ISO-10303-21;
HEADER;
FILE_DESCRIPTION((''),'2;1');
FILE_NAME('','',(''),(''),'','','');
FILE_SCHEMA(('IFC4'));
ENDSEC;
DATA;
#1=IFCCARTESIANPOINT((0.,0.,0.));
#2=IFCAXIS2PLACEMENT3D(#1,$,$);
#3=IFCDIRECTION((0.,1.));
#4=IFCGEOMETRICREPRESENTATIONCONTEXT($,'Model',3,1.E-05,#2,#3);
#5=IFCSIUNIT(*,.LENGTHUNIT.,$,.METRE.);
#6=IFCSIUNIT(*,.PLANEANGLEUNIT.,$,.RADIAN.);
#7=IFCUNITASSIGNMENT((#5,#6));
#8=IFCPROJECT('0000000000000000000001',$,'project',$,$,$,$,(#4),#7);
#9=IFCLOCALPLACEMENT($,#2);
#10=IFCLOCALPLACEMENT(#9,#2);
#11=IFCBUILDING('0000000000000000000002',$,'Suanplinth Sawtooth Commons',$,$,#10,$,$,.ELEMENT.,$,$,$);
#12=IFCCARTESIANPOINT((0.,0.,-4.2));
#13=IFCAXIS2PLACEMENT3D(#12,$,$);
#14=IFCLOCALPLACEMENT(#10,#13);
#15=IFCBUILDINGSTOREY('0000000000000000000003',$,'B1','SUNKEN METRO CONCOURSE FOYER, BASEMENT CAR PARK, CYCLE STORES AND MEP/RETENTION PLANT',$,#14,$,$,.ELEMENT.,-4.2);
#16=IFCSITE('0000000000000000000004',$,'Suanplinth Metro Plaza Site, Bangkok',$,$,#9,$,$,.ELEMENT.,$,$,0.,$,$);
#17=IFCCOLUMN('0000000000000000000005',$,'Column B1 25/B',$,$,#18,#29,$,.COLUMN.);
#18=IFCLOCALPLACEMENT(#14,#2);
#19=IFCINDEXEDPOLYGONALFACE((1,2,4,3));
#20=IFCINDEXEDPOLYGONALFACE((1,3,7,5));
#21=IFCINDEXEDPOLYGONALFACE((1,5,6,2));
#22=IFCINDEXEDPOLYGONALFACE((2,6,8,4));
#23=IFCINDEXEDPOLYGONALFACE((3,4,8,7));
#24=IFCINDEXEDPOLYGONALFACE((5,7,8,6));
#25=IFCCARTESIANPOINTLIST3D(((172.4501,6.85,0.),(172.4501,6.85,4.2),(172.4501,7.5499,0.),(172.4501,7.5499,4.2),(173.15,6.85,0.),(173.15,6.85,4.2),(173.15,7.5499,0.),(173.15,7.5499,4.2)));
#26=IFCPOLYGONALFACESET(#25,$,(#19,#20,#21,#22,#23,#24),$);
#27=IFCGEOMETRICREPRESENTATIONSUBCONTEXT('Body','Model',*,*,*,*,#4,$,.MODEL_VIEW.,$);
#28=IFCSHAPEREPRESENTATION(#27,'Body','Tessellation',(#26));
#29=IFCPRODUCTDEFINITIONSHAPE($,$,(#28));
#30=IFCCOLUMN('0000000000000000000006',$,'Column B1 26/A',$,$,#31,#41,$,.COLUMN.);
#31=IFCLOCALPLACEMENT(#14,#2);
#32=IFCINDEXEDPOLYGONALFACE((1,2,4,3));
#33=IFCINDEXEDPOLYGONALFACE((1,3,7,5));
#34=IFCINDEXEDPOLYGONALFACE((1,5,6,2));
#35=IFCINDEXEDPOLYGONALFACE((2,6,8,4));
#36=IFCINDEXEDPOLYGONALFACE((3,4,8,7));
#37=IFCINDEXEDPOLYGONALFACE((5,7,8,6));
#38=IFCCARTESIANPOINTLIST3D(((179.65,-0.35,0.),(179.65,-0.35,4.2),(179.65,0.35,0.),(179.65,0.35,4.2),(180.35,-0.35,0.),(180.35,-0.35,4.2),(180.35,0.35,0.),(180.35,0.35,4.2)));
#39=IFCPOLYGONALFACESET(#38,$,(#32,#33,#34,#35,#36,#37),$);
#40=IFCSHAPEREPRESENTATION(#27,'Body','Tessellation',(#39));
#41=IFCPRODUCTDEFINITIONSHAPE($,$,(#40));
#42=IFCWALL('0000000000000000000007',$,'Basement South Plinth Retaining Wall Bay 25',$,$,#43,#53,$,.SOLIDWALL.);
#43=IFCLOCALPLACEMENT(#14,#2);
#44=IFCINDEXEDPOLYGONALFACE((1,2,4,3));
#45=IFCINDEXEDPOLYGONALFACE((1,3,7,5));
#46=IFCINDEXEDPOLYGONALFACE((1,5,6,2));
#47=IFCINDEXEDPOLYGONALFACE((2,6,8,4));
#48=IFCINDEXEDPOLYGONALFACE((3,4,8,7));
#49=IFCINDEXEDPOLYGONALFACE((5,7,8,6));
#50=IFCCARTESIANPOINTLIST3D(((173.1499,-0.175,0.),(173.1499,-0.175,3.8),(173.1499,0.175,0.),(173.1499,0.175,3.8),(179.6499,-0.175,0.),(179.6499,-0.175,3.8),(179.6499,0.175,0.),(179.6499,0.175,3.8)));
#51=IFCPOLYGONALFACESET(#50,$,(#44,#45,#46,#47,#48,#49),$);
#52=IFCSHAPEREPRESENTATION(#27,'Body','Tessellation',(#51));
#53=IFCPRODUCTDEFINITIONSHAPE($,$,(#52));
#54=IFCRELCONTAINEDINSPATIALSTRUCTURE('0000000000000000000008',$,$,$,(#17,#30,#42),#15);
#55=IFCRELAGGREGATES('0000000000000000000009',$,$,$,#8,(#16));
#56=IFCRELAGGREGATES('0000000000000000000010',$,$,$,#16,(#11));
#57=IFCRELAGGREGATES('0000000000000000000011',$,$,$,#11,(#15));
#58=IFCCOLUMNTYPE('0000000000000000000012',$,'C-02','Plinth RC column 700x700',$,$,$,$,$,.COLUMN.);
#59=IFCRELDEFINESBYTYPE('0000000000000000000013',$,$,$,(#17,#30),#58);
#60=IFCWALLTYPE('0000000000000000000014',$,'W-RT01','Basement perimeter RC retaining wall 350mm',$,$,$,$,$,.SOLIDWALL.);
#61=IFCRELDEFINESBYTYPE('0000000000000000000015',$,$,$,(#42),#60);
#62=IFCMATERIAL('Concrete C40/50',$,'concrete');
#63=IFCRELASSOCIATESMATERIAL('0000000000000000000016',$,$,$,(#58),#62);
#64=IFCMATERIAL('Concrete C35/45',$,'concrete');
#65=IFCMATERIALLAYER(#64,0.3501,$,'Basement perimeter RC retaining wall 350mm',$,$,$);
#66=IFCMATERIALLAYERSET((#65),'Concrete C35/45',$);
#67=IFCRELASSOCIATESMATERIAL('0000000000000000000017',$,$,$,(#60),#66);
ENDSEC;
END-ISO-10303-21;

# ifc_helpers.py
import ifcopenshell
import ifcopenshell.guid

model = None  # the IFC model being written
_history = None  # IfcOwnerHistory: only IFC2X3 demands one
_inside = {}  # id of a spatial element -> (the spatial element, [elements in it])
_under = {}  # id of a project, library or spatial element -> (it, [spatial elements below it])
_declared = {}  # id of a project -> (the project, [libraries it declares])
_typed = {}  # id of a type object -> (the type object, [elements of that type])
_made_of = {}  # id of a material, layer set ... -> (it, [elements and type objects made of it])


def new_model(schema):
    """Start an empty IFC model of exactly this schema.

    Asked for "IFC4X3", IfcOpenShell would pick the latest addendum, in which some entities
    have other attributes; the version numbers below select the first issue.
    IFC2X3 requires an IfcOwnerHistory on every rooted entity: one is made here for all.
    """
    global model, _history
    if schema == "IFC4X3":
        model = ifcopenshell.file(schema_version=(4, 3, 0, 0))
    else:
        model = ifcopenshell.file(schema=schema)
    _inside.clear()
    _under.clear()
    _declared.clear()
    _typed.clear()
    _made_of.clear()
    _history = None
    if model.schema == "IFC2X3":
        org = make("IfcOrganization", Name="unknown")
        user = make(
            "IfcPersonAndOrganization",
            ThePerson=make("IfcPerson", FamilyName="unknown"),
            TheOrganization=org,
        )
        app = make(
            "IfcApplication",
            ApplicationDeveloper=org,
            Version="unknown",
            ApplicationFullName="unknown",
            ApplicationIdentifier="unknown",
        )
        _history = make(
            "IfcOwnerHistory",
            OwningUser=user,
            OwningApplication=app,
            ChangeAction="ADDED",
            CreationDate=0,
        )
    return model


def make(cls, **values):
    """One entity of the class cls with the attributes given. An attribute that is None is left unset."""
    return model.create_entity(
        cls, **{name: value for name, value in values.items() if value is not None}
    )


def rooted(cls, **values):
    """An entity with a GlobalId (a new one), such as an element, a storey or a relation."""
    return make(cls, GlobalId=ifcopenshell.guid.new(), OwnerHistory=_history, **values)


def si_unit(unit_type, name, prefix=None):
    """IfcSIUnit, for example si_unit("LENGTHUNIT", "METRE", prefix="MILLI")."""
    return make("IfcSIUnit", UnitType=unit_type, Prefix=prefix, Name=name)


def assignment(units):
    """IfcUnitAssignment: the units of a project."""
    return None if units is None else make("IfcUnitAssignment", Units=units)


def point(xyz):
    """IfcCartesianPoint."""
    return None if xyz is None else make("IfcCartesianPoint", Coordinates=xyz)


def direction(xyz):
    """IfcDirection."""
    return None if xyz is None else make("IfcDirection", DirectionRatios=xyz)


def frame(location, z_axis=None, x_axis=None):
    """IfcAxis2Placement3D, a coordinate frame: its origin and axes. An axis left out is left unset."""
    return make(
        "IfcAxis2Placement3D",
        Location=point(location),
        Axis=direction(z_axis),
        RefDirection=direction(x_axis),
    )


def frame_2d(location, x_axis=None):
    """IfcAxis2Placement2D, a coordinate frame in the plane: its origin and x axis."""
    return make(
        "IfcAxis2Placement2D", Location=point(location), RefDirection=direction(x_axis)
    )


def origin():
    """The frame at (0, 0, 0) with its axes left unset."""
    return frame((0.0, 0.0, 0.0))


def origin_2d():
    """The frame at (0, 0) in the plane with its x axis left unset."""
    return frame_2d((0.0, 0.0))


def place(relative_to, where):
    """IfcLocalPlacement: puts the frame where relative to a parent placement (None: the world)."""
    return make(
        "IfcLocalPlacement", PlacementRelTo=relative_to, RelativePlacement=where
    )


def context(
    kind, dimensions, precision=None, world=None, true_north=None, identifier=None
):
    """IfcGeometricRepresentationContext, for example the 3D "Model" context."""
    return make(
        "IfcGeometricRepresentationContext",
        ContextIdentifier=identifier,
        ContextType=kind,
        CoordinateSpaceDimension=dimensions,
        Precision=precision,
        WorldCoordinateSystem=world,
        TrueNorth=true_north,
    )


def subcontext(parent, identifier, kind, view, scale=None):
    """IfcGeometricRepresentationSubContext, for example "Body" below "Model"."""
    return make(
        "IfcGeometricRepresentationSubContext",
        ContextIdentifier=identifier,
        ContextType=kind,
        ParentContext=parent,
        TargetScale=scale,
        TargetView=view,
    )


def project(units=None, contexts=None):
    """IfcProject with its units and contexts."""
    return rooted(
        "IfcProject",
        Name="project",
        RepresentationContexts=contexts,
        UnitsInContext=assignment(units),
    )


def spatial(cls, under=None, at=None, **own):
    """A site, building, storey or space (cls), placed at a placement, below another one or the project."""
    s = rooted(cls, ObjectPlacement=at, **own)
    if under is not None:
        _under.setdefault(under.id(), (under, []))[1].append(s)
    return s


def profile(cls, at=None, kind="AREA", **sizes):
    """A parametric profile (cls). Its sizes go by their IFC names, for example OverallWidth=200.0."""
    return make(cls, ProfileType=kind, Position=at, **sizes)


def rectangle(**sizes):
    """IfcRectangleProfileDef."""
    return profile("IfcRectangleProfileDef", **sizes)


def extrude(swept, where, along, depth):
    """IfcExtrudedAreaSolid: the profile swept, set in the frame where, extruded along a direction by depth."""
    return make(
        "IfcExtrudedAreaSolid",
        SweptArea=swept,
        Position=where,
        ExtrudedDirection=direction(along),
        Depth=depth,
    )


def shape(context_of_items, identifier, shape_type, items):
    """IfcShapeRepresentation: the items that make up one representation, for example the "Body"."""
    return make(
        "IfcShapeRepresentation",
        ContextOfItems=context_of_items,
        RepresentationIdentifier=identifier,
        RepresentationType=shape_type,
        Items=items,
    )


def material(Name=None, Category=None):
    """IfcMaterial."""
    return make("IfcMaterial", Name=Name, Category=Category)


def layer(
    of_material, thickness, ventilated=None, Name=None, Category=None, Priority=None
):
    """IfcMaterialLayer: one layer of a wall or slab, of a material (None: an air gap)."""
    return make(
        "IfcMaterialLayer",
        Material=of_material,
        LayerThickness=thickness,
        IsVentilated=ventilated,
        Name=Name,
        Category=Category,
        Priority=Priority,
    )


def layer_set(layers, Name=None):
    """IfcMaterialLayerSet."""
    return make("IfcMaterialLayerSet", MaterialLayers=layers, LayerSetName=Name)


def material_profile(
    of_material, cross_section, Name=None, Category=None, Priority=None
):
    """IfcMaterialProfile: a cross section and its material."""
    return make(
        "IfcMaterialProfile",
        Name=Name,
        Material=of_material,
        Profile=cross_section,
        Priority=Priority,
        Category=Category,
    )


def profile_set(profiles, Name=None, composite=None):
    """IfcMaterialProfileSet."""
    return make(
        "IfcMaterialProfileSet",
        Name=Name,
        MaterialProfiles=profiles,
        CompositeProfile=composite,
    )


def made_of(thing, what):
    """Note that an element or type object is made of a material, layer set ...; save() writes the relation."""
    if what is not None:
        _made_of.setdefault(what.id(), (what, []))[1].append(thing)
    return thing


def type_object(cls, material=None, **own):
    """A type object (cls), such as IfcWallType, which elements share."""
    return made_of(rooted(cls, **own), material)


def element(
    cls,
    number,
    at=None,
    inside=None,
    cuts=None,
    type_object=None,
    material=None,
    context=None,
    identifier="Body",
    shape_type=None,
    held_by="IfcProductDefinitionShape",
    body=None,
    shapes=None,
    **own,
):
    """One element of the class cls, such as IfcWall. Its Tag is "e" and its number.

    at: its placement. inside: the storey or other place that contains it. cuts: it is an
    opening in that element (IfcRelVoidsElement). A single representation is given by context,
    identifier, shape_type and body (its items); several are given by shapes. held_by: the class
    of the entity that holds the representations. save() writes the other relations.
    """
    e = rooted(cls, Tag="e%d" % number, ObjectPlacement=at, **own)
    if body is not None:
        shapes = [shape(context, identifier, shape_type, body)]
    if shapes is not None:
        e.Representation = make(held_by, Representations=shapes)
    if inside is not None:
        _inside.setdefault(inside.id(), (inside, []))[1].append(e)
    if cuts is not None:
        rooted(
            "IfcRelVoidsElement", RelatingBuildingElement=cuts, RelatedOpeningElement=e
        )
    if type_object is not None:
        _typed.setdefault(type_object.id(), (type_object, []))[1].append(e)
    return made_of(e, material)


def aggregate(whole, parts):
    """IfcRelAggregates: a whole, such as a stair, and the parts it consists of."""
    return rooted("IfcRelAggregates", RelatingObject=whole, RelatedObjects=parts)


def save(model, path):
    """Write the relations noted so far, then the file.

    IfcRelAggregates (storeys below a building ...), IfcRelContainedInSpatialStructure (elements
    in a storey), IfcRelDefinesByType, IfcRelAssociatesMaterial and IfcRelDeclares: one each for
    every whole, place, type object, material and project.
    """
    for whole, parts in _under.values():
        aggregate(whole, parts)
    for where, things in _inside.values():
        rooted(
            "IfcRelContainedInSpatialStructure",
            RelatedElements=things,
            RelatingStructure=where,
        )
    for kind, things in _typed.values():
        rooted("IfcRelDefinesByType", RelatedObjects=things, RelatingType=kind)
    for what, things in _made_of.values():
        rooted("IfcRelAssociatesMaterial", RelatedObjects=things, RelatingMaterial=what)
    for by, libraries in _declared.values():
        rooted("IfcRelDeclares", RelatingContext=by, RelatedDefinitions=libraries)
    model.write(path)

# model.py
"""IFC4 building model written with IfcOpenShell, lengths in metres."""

from ifc_helpers import new_model, si_unit, direction, frame, frame_2d, origin, origin_2d, place, context, subcontext, project, spatial, rectangle, extrude, material, layer, layer_set, material_profile, profile_set, type_object, element, save


model = new_model("IFC4")

# Units and contexts
model_context = context("Model", 3, precision=1e-05, world=origin(), true_north=direction((0.0, 1.0)))
body_context = subcontext(model_context, "Body", "Model", "MODEL_VIEW")
ifc_project = project(units=[si_unit("LENGTHUNIT", "METRE"), si_unit("PLANEANGLEUNIT", "RADIAN")], contexts=[model_context])

# Site, building, storey
site_placement = place(None, origin())
site = spatial("IfcSite", under=ifc_project, at=site_placement, Name="Suanplinth Metro Plaza Site, Bangkok", CompositionType="ELEMENT", RefElevation=0.0)
building_placement = place(site_placement, origin())
building = spatial("IfcBuilding", under=site, at=building_placement, Name="Suanplinth Sawtooth Commons", CompositionType="ELEMENT")
storey_placement = place(building_placement, frame((0.0, 0.0, -4.2)))
storey = spatial("IfcBuildingStorey", under=building, at=storey_placement, Name="B1", Description="SUNKEN METRO CONCOURSE FOYER, BASEMENT CAR PARK, CYCLE STORES AND MEP/RETENTION PLANT", CompositionType="ELEMENT", Elevation=-4.2)

# Shared definitions
ifc_material_1 = material(Name="Concrete C35/45", Category="concrete")

# Columns
ifc_material_2 = material(Name="Concrete C40/50", Category="concrete")
ifc_material_profile_1 = material_profile(ifc_material_2, rectangle(XDim=0.7, YDim=0.7, at=origin_2d()), Name="RC-COL 700x700")
ifc_profile_set_1 = profile_set([ifc_material_profile_1], Name="Concrete C40/50")
column_type = type_object("IfcColumnType", Name="C-02", Description="Plinth RC column 700x700", PredefinedType="COLUMN", material=ifc_profile_set_1)
for number, where, z_axis, x_axis, name in (
    (1, (172.8, 7.2, 0.0), (0.0, 0.0, 1.0), (1.0, 0.0, 0.0), "Column B1 25/B"),
    (2, (180.0, 0.0, 0.0), (0.0, 0.0, 1.0), (1.0, 0.0, 0.0), "Column B1 26/A"),
):
    element("IfcColumn", number, at=place(storey_placement, frame(where, z_axis=z_axis, x_axis=x_axis)), inside=storey, type_object=column_type, Name=name, PredefinedType="COLUMN", context=body_context, shape_type="SweptSolid", body=[
        extrude(rectangle(XDim=0.7, YDim=0.7, at=origin_2d()), origin(), (0.0, 0.0, 1.0), 4.2),
    ])

# Wall
ifc_layer = layer(ifc_material_1, 0.3501, Name="Basement perimeter RC retaining wall 350mm")
ifc_layer_set = layer_set([ifc_layer], Name="Concrete C35/45")
wall_type = type_object("IfcWallType", Name="W-RT01", Description="Basement perimeter RC retaining wall 350mm", PredefinedType="SOLIDWALL", material=ifc_layer_set)
wall_placement = place(storey_placement, frame((173.1499, 0.0, 0.0), z_axis=(0.0, 0.0, 1.0), x_axis=(1.0, 0.0, 0.0)))
element("IfcWall", 3, at=wall_placement, inside=storey, type_object=wall_type, Name="Basement South Plinth Retaining Wall Bay 25", PredefinedType="SOLIDWALL", context=body_context, shape_type="SweptSolid", body=[
    extrude(rectangle(XDim=6.5, YDim=0.3501, at=frame_2d((3.25, 0.0))), origin(), (0.0, 0.0, 1.0), 3.8),
])

save(model, "model.ifc")
